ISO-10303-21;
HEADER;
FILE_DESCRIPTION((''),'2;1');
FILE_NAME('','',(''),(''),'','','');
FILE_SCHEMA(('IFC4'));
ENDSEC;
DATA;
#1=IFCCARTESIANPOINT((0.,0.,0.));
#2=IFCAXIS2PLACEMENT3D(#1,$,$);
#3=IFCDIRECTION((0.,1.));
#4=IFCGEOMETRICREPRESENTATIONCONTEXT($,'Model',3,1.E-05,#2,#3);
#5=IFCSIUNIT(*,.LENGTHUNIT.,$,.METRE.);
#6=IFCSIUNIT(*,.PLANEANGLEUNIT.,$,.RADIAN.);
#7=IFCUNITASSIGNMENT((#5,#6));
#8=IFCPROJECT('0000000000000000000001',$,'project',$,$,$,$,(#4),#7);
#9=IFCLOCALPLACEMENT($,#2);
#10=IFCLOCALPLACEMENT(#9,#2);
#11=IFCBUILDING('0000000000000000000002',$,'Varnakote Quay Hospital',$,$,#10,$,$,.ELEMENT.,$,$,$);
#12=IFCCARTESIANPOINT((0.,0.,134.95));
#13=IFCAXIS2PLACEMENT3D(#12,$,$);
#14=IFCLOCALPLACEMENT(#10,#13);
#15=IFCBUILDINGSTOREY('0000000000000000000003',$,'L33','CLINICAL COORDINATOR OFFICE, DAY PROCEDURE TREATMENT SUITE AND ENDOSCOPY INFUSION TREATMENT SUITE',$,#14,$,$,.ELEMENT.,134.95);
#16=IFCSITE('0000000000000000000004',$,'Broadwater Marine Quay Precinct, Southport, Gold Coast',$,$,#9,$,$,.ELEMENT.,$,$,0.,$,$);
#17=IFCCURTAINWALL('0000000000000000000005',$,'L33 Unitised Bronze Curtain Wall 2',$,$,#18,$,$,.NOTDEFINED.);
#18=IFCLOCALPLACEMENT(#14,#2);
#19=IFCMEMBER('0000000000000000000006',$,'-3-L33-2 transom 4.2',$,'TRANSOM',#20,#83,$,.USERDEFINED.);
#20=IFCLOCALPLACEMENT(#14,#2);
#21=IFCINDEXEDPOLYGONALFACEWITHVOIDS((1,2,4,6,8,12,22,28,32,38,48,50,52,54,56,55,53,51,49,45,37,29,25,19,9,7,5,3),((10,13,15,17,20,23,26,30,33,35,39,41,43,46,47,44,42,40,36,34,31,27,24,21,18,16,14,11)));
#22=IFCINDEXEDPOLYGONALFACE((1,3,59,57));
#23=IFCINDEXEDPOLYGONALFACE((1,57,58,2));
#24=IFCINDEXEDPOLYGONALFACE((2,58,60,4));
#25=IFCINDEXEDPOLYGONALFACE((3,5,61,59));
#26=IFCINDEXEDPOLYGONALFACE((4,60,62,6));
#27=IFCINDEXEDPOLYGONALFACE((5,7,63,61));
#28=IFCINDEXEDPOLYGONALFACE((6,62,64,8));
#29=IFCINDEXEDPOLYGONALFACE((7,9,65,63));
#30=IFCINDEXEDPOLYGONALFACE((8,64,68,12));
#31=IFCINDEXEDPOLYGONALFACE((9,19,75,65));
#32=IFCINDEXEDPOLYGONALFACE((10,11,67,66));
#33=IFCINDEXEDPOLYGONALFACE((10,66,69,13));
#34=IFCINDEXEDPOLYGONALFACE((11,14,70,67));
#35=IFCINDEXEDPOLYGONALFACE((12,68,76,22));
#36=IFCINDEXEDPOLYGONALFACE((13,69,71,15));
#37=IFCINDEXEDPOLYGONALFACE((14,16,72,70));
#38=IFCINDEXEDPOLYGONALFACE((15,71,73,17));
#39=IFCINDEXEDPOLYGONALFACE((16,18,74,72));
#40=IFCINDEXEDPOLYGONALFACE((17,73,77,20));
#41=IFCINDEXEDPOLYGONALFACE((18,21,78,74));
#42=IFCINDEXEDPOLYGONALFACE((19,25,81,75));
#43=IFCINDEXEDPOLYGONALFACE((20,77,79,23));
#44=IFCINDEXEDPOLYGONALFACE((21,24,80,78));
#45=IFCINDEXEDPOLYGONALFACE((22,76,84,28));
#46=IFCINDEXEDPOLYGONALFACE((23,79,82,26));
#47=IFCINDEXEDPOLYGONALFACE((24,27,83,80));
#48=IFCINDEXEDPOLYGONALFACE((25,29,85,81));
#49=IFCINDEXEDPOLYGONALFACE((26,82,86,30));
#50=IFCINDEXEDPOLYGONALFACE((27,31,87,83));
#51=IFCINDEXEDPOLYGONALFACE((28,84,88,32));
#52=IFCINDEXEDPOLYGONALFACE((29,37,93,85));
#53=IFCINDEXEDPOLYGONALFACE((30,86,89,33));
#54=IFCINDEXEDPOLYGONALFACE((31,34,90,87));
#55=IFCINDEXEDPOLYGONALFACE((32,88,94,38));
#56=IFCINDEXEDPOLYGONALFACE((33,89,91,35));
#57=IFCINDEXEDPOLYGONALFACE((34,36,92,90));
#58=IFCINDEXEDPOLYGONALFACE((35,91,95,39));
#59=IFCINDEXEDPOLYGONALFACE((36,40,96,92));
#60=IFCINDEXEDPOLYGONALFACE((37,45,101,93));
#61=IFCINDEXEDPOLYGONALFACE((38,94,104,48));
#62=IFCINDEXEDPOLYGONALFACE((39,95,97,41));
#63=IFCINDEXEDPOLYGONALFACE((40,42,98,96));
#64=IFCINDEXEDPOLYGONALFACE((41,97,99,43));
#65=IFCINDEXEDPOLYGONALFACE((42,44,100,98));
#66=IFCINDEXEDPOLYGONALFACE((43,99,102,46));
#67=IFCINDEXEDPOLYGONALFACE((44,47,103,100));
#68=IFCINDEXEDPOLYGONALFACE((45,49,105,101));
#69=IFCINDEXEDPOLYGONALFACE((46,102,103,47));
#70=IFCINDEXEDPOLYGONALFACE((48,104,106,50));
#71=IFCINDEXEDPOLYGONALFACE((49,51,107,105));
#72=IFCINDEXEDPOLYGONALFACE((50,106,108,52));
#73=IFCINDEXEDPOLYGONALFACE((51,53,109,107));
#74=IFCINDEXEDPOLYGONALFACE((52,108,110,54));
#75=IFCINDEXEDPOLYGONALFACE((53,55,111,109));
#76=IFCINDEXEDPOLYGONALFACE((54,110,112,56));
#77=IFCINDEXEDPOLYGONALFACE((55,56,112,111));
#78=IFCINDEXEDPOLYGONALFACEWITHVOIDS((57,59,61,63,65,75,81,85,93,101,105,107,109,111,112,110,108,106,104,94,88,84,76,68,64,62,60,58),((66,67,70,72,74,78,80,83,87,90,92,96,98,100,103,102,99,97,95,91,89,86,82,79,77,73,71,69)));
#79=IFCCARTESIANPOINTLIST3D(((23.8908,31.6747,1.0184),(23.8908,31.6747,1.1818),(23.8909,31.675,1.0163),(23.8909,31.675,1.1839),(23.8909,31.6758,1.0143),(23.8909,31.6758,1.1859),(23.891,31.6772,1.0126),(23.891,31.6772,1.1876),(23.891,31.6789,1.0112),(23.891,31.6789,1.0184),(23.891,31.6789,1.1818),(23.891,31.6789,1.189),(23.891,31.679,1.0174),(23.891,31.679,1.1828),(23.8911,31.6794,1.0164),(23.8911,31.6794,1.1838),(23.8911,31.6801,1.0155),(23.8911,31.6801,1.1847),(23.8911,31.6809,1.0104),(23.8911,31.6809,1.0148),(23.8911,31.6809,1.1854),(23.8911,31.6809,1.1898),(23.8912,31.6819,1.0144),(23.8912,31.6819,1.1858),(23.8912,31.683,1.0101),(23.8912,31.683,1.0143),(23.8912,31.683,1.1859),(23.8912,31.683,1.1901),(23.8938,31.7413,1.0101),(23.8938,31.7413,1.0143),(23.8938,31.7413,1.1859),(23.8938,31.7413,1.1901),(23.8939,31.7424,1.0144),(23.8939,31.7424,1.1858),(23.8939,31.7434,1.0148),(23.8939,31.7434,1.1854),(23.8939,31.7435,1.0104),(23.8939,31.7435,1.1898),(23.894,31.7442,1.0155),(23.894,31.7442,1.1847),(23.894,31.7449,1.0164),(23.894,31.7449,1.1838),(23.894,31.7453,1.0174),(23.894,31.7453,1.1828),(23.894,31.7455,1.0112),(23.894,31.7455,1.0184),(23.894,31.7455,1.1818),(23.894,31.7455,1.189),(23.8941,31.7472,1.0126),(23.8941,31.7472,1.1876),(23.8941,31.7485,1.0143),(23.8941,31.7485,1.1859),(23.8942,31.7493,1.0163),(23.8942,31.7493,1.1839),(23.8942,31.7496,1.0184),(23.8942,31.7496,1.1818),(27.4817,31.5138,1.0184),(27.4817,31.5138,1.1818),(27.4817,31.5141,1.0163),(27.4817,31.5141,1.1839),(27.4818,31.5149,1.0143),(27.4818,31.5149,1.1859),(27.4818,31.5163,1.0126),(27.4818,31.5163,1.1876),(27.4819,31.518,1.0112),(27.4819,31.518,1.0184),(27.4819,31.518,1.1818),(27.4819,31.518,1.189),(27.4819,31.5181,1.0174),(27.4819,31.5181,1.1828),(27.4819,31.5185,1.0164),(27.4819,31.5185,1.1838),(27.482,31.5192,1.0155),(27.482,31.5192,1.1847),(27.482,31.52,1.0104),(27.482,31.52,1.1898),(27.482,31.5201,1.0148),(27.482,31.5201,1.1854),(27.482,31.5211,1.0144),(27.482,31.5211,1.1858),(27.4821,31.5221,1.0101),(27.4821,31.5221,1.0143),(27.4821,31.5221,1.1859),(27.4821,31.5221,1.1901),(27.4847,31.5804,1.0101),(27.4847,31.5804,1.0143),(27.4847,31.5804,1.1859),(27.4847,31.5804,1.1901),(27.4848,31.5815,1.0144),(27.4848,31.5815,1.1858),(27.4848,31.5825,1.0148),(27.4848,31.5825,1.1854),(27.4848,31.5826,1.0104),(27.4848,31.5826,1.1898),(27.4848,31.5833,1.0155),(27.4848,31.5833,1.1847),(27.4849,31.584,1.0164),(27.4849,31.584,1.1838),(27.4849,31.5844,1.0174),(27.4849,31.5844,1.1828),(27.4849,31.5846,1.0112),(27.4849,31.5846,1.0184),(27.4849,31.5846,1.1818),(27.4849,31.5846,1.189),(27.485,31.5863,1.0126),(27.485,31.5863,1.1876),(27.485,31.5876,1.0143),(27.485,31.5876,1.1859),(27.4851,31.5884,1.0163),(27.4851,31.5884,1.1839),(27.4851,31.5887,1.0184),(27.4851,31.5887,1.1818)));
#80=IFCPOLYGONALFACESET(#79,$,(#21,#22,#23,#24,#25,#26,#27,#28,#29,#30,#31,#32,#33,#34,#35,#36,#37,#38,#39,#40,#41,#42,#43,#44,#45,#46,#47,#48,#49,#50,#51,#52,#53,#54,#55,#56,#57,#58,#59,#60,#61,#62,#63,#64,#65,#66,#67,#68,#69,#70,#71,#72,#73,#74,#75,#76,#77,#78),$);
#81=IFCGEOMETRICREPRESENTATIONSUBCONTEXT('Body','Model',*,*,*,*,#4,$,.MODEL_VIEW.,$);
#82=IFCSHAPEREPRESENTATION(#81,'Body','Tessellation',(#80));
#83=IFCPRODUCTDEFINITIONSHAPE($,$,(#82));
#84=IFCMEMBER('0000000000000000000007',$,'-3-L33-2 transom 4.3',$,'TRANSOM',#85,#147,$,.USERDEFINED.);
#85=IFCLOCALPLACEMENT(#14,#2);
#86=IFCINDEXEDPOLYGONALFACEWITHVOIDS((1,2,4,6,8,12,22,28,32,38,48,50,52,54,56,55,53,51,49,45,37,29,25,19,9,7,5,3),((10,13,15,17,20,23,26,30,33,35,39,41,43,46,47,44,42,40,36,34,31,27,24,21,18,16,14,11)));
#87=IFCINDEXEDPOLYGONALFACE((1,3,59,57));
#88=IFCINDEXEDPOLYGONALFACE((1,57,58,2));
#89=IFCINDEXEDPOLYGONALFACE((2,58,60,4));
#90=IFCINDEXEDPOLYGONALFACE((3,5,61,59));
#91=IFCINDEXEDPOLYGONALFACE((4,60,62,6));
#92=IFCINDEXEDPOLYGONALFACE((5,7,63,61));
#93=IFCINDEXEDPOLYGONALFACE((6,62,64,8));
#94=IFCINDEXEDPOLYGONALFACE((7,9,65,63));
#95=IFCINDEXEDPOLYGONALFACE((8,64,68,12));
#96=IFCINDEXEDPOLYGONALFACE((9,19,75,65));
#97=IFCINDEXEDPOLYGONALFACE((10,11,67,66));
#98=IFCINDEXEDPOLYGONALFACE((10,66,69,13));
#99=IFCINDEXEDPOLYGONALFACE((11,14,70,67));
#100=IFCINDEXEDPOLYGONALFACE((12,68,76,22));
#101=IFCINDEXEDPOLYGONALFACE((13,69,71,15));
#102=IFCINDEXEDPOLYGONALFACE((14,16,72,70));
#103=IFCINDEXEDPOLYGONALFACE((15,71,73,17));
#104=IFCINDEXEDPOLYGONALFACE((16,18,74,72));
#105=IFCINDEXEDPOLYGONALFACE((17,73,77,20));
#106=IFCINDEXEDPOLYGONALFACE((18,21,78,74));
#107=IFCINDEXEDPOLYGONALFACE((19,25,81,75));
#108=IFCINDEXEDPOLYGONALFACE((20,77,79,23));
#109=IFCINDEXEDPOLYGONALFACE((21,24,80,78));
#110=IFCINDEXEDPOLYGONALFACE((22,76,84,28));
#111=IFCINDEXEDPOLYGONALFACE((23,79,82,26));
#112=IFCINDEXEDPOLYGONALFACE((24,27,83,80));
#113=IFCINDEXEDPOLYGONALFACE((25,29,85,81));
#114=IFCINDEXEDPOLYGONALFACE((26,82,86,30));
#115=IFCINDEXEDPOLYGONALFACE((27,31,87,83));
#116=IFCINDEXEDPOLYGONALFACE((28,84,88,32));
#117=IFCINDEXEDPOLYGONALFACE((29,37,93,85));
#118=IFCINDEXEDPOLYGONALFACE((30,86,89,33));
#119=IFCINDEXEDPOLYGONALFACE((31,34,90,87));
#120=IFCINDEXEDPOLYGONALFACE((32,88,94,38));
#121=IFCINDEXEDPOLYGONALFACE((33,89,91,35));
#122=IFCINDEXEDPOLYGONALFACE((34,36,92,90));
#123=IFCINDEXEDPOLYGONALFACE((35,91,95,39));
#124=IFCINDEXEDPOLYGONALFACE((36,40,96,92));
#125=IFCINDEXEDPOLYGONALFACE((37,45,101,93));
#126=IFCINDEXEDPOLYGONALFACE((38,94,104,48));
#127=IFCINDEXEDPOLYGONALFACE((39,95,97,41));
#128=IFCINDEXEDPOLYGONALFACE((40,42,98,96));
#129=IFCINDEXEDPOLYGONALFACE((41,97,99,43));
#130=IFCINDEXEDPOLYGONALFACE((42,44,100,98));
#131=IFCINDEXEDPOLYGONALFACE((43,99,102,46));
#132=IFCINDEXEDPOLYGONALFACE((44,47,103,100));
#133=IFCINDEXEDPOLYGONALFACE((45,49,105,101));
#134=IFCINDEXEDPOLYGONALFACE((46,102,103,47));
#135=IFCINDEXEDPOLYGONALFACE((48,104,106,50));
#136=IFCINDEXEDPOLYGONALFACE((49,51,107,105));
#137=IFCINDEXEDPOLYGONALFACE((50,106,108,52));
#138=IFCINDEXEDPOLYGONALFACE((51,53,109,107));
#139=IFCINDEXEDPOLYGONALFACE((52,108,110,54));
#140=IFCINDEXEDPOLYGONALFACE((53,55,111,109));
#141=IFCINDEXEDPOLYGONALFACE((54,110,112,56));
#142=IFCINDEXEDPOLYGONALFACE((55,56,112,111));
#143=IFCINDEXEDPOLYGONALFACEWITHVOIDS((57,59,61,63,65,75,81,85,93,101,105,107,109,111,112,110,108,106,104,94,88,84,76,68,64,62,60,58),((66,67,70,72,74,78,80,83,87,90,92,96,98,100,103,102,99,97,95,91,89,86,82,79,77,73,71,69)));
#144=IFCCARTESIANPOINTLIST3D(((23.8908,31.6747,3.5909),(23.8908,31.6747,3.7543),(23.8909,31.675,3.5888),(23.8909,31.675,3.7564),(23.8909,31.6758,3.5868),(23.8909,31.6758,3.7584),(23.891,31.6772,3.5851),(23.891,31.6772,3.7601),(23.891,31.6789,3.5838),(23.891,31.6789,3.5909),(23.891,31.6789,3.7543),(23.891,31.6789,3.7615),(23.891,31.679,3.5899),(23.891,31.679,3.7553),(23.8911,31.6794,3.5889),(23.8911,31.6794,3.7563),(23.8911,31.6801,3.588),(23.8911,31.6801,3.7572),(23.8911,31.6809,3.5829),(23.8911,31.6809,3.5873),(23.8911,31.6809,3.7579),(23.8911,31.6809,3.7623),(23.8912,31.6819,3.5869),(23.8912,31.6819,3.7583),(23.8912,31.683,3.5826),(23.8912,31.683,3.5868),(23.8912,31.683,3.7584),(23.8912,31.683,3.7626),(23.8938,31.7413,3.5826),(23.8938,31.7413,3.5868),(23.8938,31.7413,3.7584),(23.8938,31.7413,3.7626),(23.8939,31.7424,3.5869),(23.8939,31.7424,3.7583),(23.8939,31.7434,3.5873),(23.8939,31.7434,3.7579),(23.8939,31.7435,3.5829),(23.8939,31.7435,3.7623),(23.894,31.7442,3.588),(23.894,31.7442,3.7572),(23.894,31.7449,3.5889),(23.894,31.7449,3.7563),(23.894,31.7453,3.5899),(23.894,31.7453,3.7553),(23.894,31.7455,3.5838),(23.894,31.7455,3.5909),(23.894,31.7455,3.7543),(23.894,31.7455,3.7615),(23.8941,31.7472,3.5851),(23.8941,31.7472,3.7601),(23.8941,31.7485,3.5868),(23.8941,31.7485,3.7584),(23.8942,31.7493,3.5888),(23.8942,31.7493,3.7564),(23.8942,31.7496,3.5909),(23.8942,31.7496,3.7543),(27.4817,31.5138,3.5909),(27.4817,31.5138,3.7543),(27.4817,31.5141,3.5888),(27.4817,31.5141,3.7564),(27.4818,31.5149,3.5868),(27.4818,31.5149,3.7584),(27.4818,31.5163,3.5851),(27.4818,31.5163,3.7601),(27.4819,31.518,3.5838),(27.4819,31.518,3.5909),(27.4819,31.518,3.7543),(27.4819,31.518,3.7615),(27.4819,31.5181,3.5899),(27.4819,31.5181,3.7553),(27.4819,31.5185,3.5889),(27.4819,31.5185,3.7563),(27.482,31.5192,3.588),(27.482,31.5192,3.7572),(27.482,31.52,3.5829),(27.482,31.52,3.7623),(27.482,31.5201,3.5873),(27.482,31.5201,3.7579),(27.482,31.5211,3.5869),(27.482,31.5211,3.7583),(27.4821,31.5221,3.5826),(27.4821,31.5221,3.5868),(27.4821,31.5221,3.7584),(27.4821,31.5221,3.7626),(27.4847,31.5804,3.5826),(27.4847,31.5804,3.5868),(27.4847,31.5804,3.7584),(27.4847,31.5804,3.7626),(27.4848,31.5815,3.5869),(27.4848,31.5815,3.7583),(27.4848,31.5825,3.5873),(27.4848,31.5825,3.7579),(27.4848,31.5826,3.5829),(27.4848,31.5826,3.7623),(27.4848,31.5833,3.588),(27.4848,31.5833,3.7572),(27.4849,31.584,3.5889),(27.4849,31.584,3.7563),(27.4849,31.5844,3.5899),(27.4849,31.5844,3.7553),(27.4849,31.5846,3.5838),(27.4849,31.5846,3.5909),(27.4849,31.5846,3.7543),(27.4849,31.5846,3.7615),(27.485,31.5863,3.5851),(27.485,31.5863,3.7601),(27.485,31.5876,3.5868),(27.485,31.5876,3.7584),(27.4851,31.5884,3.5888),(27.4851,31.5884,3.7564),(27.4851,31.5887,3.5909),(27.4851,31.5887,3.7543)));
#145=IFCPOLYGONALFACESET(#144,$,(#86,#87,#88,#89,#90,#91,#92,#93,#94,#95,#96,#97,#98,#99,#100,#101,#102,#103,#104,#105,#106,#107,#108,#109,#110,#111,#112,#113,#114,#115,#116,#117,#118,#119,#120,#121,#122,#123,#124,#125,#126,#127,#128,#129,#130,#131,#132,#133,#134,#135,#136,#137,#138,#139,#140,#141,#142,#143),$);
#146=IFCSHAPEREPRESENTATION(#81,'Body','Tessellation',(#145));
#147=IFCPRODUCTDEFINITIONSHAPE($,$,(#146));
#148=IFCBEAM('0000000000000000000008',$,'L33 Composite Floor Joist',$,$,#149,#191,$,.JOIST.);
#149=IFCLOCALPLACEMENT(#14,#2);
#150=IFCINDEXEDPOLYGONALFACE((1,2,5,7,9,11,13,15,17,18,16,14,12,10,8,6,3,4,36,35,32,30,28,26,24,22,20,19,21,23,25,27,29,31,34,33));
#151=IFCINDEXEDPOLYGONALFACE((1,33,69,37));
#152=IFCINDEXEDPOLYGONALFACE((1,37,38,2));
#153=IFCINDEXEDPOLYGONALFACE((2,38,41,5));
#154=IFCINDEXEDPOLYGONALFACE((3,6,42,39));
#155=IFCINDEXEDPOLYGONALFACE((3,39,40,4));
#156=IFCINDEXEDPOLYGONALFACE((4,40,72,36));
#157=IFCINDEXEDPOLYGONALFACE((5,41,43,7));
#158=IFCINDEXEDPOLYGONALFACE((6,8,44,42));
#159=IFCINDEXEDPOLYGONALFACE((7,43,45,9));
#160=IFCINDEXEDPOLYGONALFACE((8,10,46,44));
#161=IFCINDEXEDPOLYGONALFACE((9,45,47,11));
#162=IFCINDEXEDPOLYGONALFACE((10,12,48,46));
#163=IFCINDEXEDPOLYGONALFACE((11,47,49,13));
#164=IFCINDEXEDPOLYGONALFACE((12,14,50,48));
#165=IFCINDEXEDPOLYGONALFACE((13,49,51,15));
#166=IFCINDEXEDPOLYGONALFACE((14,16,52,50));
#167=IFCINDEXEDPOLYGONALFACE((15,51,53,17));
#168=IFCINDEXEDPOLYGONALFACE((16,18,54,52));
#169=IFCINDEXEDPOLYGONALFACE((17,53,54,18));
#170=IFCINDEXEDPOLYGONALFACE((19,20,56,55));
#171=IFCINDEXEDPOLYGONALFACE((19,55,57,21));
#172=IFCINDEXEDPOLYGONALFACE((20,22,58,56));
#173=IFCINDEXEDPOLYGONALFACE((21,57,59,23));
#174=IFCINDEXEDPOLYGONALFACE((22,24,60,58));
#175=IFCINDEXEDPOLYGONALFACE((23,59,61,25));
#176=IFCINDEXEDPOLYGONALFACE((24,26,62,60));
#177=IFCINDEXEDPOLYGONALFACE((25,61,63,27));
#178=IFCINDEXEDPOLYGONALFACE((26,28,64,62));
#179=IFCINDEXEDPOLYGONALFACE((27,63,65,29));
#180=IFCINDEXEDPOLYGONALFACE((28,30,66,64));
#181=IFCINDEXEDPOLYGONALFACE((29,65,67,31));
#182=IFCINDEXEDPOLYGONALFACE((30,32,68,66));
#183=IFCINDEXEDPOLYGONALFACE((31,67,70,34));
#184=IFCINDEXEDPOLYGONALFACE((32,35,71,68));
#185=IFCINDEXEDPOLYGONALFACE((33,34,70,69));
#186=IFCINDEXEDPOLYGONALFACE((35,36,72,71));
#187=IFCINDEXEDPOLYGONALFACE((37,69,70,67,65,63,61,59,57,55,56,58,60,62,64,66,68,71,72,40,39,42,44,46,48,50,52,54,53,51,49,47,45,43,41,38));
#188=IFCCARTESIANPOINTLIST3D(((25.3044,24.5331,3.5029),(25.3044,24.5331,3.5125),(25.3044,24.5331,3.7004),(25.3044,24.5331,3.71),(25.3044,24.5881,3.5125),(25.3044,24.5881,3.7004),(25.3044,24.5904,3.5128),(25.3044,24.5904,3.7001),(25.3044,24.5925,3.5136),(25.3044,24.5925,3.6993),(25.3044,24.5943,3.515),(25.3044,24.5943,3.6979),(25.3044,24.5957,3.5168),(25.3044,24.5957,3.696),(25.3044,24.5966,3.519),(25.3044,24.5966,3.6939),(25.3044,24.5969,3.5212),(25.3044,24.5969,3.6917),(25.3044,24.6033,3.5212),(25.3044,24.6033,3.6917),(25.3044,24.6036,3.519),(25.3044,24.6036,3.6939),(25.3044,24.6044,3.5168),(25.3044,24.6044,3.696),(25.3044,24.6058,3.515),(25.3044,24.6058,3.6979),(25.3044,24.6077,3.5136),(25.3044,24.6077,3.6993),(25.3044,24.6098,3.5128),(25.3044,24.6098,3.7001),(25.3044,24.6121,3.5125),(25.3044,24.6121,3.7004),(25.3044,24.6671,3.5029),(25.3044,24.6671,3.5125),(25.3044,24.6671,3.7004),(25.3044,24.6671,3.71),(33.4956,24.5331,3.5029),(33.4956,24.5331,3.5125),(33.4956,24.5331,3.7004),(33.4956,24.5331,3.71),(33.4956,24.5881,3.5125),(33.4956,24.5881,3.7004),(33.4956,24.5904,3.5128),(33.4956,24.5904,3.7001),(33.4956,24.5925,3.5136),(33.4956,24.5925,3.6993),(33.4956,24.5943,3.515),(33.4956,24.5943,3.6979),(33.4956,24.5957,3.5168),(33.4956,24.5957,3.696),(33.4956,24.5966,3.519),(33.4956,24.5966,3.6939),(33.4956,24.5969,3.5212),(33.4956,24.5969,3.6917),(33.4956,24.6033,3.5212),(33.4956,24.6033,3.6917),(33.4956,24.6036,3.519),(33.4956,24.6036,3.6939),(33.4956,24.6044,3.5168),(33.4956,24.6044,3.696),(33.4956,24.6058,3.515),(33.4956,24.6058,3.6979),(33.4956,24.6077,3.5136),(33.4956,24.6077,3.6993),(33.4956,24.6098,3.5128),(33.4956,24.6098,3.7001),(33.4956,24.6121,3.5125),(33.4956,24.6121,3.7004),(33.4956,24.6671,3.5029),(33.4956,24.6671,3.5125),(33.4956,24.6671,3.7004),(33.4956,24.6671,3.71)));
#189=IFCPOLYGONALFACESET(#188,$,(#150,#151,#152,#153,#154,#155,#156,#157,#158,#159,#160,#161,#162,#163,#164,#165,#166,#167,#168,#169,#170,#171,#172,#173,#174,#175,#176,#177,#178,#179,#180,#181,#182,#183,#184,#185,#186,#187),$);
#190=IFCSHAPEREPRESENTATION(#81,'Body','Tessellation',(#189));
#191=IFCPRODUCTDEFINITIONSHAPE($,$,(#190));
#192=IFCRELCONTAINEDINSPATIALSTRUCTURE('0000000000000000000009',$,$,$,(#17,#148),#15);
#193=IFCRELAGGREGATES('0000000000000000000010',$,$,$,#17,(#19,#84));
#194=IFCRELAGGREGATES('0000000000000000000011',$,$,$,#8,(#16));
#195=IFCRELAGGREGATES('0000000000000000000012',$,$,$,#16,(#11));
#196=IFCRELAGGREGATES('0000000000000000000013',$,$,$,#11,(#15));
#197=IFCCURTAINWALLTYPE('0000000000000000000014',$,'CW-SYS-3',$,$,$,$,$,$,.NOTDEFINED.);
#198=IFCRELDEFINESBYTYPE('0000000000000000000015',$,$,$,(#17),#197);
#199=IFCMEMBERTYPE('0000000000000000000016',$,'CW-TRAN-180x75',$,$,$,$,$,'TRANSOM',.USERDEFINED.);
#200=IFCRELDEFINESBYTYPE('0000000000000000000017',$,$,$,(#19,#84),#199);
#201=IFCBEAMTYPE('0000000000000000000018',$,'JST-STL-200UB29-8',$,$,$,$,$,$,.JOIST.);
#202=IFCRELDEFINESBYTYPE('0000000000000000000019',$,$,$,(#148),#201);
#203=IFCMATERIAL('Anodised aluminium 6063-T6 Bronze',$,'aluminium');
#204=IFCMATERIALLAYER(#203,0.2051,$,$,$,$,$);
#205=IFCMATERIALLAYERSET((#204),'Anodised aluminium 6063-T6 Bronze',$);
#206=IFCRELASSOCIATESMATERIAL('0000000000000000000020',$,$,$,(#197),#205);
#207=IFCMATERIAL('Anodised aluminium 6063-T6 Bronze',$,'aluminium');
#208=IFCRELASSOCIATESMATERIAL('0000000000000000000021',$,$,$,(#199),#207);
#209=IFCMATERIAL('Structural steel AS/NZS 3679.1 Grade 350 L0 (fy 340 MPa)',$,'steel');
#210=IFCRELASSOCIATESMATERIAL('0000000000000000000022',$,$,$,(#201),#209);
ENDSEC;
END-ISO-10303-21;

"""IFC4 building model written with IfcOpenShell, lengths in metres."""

from ifc_helpers import new_model, si_unit, direction, frame, origin, origin_2d, place, context, subcontext, project, spatial, hollow_rectangle, i_section, extrude, material, layer, layer_set, material_profile, profile_set, type_object, element, aggregate, save


model = new_model("IFC4")

# Units and contexts
model_context = context("Model", 3, precision=1e-05, world=origin(), true_north=direction((0.0, 1.0)))
body_context = subcontext(model_context, "Body", "Model", "MODEL_VIEW")
ifc_project = project(units=[si_unit("LENGTHUNIT", "METRE"), si_unit("PLANEANGLEUNIT", "RADIAN")], contexts=[model_context])

# Site, building, storey
site_placement = place(None, origin())
site = spatial("IfcSite", under=ifc_project, at=site_placement, Name="Broadwater Marine Quay Precinct, Southport, Gold Coast", CompositionType="ELEMENT", RefElevation=0.0)
building_placement = place(site_placement, origin())
building = spatial("IfcBuilding", under=site, at=building_placement, Name="Varnakote Quay Hospital", CompositionType="ELEMENT")
storey_placement = place(building_placement, frame((0.0, 0.0, 134.95)))
storey = spatial("IfcBuildingStorey", under=building, at=storey_placement, Name="L33", Description="CLINICAL COORDINATOR OFFICE, DAY PROCEDURE TREATMENT SUITE AND ENDOSCOPY INFUSION TREATMENT SUITE", CompositionType="ELEMENT", Elevation=134.95)

# Curtain wall, members
ifc_material_1 = material(Name="Anodised aluminium 6063-T6 Bronze", Category="aluminium")
ifc_layer_1 = layer(ifc_material_1, 0.2051)
ifc_layer_set_1 = layer_set([ifc_layer_1], Name="Anodised aluminium 6063-T6 Bronze")
curtain_wall_type = type_object("IfcCurtainWallType", Name="CW-SYS-3", PredefinedType="NOTDEFINED", material=ifc_layer_set_1)
curtain_wall_placement = place(storey_placement, origin())
curtain_wall = element("IfcCurtainWall", 1, at=curtain_wall_placement, inside=storey, type_object=curtain_wall_type, Name="L33 Unitised Bronze Curtain Wall 2", PredefinedType="NOTDEFINED")
ifc_material_2 = material(Name="Anodised aluminium 6063-T6 Bronze", Category="aluminium")
ifc_material_profile_1 = material_profile(ifc_material_2, hollow_rectangle(XDim=0.075, YDim=0.1799, WallThickness=0.0042, InnerFilletRadius=0.0042, OuterFilletRadius=0.0083, at=origin_2d()), Name="CW-TRAN-180x75")
ifc_profile_set_1 = profile_set([ifc_material_profile_1], Name="Anodised aluminium 6063-T6 Bronze")
member_type_1 = type_object("IfcMemberType", Name="CW-TRAN-180x75", ElementType="TRANSOM", PredefinedType="USERDEFINED", material=ifc_profile_set_1)
member_1_placement = place(storey_placement, frame((27.4834, 31.5513, 1.1001), z_axis=(-0.998998, 0.044761, 0.0), x_axis=(-0.044761, -0.998998, 0.0)))
member_1 = element("IfcMember", 2, at=member_1_placement, type_object=member_type_1, Name="-3-L33-2 transom 4.2", ObjectType="TRANSOM", PredefinedType="USERDEFINED", context=body_context, shape_type="SweptSolid", body=[
    extrude(hollow_rectangle(XDim=0.075, YDim=0.1799, WallThickness=0.0042, InnerFilletRadius=0.0042, OuterFilletRadius=0.0083, at=origin_2d()), origin(), (0.0, 0.0, 1.0), 3.5945),
])
member_2_placement = place(storey_placement, frame((27.4834, 31.5513, 3.6726), z_axis=(-0.998998, 0.044761, 0.0), x_axis=(-0.044761, -0.998998, 0.0)))
member_2 = element("IfcMember", 3, at=member_2_placement, type_object=member_type_1, Name="-3-L33-2 transom 4.3", ObjectType="TRANSOM", PredefinedType="USERDEFINED", context=body_context, shape_type="SweptSolid", body=[
    extrude(hollow_rectangle(XDim=0.075, YDim=0.1799, WallThickness=0.0042, InnerFilletRadius=0.0042, OuterFilletRadius=0.0083, at=origin_2d()), origin(), (0.0, 0.0, 1.0), 3.5945),
])

# Beam
ifc_material_3 = material(Name="Structural steel AS/NZS 3679.1 Grade 350 L0 (fy 340 MPa)", Category="steel")
ifc_material_profile_2 = material_profile(ifc_material_3, i_section(OverallWidth=0.134, OverallDepth=0.207, WebThickness=0.0063, FlangeThickness=0.0095, FilletRadius=0.0088, at=origin_2d()), Name="200UB29.8")
ifc_profile_set_2 = profile_set([ifc_material_profile_2], Name="Structural steel AS/NZS 3679.1 Grade 350 L0 (fy 340 MPa)")
beam_type_1 = type_object("IfcBeamType", Name="JST-STL-200UB29-8", PredefinedType="JOIST", material=ifc_profile_set_2)
beam_1_placement = place(storey_placement, frame((25.3044, 24.6001, 3.6064), z_axis=(1.0, 0.0, 0.0), x_axis=(0.0, 1.0, 0.0)))
element("IfcBeam", 4, at=beam_1_placement, inside=storey, type_object=beam_type_1, Name="L33 Composite Floor Joist", PredefinedType="JOIST", context=body_context, shape_type="SweptSolid", body=[
    extrude(i_section(OverallWidth=0.134, OverallDepth=0.207, WebThickness=0.0063, FlangeThickness=0.0095, FilletRadius=0.0088, at=origin_2d()), origin(), (0.0, 0.0, 1.0), 8.1912),
])

aggregate(curtain_wall, [member_1, member_2])

save(model, "model.ifc")
